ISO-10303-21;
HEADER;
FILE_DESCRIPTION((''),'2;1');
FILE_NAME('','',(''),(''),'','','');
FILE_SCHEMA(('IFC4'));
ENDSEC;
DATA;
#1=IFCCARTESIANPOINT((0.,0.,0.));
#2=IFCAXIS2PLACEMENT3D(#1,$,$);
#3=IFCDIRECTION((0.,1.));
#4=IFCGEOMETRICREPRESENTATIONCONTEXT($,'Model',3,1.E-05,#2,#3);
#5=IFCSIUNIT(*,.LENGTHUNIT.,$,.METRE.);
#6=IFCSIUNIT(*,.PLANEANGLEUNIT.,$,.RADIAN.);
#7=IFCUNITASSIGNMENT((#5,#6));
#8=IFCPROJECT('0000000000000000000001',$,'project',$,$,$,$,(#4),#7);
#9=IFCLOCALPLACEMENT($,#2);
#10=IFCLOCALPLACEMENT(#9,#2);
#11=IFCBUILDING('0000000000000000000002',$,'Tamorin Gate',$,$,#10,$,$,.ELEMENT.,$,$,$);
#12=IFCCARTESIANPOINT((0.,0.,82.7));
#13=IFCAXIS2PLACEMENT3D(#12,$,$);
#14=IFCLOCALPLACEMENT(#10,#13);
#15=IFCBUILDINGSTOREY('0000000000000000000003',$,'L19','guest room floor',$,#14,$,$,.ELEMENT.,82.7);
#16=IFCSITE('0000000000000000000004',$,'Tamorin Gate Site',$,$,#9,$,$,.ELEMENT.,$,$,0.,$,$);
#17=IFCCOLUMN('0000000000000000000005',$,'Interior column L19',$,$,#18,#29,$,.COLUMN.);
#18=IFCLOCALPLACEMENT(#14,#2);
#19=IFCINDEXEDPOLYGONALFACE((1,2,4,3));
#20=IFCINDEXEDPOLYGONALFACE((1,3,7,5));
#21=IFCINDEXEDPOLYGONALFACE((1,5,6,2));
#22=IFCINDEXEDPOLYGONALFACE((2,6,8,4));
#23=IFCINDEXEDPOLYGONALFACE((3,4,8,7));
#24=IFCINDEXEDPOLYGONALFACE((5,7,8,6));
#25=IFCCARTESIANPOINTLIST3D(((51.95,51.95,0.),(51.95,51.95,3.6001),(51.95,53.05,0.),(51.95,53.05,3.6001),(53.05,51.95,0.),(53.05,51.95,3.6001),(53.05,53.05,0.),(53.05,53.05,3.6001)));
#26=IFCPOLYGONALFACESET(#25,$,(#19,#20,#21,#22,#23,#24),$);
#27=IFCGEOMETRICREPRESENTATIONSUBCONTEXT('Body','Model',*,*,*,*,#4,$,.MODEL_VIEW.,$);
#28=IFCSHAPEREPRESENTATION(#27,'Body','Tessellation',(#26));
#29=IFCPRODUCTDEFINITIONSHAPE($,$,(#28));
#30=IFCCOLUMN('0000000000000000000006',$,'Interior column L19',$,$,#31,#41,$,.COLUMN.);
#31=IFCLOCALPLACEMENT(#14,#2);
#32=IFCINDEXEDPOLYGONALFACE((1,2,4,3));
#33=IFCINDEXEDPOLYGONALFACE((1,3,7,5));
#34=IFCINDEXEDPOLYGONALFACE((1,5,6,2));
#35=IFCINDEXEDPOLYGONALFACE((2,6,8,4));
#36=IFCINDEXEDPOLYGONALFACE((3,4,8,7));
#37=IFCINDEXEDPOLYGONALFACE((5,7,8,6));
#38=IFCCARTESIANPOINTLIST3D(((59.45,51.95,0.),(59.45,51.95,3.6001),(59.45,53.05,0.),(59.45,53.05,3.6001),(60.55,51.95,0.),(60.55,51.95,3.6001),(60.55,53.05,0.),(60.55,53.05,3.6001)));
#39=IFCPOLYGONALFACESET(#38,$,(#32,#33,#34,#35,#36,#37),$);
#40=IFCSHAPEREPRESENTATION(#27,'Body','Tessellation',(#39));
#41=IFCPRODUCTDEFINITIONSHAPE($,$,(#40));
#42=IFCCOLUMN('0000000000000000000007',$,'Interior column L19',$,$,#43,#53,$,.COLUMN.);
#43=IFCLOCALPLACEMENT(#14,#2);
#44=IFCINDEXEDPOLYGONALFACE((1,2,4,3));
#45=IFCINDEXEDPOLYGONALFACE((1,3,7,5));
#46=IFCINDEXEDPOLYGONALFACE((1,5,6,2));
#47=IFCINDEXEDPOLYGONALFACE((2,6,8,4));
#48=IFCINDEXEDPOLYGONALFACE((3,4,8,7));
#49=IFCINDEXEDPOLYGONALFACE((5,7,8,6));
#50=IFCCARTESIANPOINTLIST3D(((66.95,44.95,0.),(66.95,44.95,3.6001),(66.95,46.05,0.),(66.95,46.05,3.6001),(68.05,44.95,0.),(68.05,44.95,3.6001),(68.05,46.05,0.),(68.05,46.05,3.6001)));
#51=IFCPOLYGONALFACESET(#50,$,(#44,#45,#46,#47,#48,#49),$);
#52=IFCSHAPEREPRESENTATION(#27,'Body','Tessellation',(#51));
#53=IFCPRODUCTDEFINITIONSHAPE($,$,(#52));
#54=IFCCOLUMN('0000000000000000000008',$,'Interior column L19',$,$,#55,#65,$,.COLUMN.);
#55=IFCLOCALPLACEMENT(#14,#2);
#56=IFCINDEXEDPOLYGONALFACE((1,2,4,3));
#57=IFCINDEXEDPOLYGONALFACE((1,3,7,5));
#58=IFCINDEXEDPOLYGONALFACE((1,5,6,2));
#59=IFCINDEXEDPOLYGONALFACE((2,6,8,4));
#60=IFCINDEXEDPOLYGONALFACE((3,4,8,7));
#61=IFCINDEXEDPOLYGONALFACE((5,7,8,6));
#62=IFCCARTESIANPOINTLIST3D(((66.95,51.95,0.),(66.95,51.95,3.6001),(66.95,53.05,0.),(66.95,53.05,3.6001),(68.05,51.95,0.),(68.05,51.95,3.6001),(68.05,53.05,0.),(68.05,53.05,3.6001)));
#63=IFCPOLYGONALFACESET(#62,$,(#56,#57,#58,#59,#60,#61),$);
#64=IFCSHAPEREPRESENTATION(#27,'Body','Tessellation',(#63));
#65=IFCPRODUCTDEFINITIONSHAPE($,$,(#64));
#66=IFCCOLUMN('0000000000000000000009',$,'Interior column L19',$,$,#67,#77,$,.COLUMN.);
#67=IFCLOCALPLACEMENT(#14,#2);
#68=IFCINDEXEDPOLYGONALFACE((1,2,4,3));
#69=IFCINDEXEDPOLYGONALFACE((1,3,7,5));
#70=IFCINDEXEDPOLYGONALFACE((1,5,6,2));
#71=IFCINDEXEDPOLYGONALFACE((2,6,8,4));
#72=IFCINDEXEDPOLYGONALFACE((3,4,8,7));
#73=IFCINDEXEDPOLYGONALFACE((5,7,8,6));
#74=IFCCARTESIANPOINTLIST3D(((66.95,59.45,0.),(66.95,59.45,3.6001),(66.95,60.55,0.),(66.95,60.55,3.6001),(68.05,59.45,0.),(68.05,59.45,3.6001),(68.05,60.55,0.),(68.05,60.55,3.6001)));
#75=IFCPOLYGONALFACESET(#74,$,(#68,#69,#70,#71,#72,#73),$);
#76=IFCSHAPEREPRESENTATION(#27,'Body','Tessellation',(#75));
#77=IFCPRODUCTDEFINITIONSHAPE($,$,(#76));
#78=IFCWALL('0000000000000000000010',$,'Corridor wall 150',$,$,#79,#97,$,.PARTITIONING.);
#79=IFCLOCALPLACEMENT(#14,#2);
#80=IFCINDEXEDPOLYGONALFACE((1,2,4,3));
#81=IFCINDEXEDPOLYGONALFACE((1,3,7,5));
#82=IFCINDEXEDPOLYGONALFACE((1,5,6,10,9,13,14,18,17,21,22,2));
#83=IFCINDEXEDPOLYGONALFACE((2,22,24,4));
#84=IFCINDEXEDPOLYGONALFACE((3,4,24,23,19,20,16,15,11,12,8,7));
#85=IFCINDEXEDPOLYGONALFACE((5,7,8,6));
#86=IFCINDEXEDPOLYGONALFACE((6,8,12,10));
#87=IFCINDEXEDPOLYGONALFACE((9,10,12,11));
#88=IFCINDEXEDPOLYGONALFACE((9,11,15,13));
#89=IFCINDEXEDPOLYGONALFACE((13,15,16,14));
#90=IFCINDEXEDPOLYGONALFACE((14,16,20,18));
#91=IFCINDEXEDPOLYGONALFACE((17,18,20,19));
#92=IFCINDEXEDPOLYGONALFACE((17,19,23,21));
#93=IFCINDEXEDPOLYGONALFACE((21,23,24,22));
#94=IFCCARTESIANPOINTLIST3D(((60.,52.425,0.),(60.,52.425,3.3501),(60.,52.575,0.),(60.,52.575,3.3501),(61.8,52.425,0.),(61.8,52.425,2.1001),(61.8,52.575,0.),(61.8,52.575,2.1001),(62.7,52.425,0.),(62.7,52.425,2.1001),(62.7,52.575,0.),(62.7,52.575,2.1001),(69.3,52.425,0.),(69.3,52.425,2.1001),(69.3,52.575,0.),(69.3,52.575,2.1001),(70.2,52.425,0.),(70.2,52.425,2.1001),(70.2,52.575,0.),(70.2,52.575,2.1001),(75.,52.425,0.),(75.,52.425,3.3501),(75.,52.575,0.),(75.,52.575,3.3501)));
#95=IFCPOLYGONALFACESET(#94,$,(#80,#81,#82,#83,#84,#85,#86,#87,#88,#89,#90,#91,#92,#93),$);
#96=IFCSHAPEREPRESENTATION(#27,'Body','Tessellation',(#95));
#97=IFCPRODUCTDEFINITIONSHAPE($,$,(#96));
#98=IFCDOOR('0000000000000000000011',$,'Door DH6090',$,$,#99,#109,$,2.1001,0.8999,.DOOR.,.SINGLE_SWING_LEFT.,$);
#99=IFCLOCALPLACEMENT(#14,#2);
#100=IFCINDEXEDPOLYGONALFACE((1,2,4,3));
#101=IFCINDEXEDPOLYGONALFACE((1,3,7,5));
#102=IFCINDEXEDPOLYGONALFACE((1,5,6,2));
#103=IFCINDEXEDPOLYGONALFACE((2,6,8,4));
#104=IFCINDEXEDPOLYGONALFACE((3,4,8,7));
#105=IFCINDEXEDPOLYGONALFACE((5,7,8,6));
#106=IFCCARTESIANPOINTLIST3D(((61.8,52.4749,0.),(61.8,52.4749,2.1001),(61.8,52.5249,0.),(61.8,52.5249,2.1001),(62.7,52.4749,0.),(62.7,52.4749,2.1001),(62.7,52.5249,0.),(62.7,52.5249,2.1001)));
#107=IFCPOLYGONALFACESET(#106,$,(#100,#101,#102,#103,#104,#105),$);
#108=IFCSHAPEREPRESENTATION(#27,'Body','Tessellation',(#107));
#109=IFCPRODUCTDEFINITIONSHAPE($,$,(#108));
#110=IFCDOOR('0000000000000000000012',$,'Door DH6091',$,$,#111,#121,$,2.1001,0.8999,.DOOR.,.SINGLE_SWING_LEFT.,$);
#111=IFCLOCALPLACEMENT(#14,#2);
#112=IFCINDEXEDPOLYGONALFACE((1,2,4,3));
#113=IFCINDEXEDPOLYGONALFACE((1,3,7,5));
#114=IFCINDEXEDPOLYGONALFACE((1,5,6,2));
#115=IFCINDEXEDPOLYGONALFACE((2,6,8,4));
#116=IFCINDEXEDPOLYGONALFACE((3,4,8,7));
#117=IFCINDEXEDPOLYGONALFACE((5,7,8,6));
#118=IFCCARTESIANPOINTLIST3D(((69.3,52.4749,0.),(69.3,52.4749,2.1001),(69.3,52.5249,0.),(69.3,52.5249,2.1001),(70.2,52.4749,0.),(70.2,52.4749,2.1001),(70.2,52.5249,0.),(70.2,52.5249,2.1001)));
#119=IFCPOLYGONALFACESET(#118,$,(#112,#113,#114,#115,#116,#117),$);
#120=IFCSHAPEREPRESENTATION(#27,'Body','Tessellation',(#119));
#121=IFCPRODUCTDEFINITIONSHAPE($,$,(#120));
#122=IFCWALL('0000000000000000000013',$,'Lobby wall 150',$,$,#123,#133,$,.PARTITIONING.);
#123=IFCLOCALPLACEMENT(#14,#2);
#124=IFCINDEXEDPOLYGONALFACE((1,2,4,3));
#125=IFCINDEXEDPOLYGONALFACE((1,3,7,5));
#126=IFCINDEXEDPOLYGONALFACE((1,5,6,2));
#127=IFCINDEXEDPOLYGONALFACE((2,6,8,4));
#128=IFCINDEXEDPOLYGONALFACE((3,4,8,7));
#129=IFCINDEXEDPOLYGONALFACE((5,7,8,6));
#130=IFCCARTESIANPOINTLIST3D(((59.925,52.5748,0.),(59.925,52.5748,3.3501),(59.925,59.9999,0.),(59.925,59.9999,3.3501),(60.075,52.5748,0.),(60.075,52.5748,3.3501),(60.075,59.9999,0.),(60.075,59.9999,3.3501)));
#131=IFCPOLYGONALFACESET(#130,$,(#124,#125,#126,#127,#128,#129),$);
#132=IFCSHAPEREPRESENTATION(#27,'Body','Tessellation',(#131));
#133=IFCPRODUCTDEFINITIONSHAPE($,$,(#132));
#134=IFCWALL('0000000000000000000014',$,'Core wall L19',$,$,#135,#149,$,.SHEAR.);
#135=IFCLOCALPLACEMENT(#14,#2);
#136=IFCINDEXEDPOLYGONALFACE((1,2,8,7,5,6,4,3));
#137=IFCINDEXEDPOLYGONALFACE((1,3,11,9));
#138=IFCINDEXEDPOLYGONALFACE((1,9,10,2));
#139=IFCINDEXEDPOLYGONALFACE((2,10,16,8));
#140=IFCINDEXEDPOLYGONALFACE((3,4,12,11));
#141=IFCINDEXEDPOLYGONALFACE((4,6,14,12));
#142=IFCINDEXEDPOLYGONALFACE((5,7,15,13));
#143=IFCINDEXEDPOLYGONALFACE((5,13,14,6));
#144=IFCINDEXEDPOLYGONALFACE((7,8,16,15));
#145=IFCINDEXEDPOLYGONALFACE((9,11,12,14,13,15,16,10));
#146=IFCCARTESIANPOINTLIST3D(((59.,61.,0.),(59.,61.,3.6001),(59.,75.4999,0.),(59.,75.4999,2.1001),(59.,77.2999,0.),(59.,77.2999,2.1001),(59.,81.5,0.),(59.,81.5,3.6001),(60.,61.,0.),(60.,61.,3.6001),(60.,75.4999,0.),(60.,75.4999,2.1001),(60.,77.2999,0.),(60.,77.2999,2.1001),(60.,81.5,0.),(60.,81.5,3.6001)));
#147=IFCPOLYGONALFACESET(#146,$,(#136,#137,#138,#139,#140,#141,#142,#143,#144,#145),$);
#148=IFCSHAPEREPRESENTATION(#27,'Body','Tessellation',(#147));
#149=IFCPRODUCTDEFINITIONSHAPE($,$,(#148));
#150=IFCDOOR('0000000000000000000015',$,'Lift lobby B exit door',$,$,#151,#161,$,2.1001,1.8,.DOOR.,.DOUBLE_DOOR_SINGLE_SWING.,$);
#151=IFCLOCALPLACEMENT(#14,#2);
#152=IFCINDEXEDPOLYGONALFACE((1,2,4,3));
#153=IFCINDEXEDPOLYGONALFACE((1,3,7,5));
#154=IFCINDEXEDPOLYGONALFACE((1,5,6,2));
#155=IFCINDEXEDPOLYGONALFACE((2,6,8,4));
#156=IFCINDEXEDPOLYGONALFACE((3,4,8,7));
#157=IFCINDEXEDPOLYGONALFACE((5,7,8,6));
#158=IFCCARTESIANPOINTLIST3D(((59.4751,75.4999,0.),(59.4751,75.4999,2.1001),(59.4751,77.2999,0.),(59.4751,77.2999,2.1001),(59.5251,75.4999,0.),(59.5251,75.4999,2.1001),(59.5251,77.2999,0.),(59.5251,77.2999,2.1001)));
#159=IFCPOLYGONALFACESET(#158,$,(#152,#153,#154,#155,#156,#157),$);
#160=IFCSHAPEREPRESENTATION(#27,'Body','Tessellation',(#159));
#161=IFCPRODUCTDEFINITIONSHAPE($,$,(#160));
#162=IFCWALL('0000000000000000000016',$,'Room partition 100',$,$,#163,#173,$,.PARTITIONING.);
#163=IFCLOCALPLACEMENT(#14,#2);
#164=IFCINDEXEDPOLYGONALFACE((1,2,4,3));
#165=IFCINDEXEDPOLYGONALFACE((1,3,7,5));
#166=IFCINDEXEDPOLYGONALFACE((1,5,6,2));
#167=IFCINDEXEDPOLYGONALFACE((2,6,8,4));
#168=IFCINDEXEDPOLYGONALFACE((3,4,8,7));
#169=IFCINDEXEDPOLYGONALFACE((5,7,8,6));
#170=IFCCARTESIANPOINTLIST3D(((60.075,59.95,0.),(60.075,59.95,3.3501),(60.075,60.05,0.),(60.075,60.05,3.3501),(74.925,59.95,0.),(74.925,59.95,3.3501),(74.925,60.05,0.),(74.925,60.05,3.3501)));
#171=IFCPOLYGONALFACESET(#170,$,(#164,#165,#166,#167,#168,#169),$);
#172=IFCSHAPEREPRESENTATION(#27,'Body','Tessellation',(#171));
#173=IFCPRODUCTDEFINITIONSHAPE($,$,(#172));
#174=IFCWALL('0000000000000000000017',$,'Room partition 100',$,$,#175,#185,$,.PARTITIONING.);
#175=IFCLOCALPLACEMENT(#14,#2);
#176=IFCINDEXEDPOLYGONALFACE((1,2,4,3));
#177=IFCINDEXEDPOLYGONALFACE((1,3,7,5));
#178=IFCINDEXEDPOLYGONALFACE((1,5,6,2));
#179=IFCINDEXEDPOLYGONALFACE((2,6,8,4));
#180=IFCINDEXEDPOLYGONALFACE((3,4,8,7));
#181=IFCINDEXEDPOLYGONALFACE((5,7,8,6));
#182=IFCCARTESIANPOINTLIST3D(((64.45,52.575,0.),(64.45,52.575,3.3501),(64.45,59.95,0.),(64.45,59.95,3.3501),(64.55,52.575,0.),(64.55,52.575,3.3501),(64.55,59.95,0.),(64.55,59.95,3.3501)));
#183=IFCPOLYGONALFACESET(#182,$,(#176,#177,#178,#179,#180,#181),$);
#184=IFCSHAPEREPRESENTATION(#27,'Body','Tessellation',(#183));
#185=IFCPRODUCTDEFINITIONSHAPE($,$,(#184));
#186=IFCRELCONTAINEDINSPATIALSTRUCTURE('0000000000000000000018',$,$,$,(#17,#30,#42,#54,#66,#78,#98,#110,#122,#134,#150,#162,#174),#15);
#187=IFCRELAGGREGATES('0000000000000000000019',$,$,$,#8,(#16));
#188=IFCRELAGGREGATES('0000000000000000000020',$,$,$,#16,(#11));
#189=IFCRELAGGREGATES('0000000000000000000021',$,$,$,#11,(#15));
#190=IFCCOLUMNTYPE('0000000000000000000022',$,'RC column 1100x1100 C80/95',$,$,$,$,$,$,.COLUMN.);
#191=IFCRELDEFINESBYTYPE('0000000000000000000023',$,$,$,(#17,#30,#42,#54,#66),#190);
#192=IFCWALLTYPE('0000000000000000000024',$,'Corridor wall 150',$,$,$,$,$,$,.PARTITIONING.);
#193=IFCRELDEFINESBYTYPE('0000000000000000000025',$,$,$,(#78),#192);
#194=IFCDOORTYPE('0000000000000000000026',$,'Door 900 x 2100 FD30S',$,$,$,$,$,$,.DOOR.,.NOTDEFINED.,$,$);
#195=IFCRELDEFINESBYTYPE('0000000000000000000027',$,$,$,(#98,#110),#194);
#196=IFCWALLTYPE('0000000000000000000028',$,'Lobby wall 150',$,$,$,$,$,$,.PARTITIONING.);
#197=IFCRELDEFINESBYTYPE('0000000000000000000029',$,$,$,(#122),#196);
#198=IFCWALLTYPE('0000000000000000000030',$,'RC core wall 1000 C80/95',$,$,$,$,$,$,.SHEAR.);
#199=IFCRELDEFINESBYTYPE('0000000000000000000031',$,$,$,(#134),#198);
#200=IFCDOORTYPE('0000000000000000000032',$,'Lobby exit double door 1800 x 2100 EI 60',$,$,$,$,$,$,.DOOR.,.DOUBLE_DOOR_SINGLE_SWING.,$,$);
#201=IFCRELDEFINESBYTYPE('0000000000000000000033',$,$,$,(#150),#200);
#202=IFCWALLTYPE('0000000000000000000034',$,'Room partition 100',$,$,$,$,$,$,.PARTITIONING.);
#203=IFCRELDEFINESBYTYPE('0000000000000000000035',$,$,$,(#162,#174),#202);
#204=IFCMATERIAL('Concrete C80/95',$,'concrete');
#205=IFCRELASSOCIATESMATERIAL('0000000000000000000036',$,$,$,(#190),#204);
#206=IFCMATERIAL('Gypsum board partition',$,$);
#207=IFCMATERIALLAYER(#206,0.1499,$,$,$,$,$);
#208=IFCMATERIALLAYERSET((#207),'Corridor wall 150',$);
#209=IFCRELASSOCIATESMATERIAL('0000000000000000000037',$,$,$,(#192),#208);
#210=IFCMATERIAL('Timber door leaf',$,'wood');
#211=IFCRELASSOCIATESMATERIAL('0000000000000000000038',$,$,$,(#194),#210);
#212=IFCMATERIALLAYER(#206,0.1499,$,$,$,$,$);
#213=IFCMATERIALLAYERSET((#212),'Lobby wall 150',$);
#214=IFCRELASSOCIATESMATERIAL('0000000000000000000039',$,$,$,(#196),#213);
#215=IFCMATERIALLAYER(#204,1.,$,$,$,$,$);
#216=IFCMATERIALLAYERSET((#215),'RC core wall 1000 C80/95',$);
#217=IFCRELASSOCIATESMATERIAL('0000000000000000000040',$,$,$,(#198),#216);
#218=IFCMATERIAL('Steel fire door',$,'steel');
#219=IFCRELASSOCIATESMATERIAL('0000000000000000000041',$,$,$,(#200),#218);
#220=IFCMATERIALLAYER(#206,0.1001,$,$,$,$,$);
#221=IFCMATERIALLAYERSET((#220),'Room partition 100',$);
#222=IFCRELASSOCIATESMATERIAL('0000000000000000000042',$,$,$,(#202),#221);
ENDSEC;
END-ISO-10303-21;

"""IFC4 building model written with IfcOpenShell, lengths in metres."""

from ifc_helpers import new_model, si_unit, direction, frame, frame_2d, origin, origin_2d, place, context, subcontext, project, spatial, rectangle, extrude, material, layer, layer_set, material_profile, profile_set, type_object, element, fill, save


model = new_model("IFC4")

# Units and contexts
model_context = context("Model", 3, precision=1e-05, world=origin(), true_north=direction((0.0, 1.0)))
body_context = subcontext(model_context, "Body", "Model", "MODEL_VIEW")
ifc_project = project(units=[si_unit("LENGTHUNIT", "METRE"), si_unit("PLANEANGLEUNIT", "RADIAN")], contexts=[model_context])

# Site, building, storey
site_placement = place(None, origin())
site = spatial("IfcSite", under=ifc_project, at=site_placement, Name="Tamorin Gate Site", CompositionType="ELEMENT", RefElevation=0.0)
building_placement = place(site_placement, origin())
building = spatial("IfcBuilding", under=site, at=building_placement, Name="Tamorin Gate", CompositionType="ELEMENT")
storey_placement = place(building_placement, frame((0.0, 0.0, 82.7)))
storey = spatial("IfcBuildingStorey", under=building, at=storey_placement, Name="L19", Description="guest room floor", CompositionType="ELEMENT", Elevation=82.7)

# Columns
ifc_material_1 = material(Name="Concrete C80/95", Category="concrete")
ifc_material_profile = material_profile(ifc_material_1, rectangle(XDim=1.1001, YDim=1.1001, at=origin_2d()), Name="RC 1100x1100")
ifc_profile_set = profile_set([ifc_material_profile], Name="Concrete C80/95")
column_type = type_object("IfcColumnType", Name="RC column 1100x1100 C80/95", PredefinedType="COLUMN", material=ifc_profile_set)
for number, where, z_axis, x_axis, name in (
    (1, (52.5, 52.5, 0.0), (0.0, 0.0, 1.0), (1.0, 0.0, 0.0), "Interior column L19"),
    (2, (60.0, 52.5, 0.0), (0.0, 0.0, 1.0), (1.0, 0.0, 0.0), "Interior column L19"),
    (3, (67.5, 45.5, 0.0), (0.0, 0.0, 1.0), (1.0, 0.0, 0.0), "Interior column L19"),
    (4, (67.5, 52.5, 0.0), (0.0, 0.0, 1.0), (1.0, 0.0, 0.0), "Interior column L19"),
    (5, (67.5, 60.0, 0.0), (0.0, 0.0, 1.0), (1.0, 0.0, 0.0), "Interior column L19"),
):
    element("IfcColumn", number, at=place(storey_placement, frame(where, z_axis=z_axis, x_axis=x_axis)), inside=storey, type_object=column_type, Name=name, PredefinedType="COLUMN", context=body_context, shape_type="SweptSolid", body=[
        extrude(rectangle(XDim=1.1001, YDim=1.1001, at=origin_2d()), origin(), (0.0, 0.0, 1.0), 3.6001),
    ])

# Wall, openings, doors
ifc_material_2 = material(Name="Gypsum board partition")
ifc_layer_1 = layer(ifc_material_2, 0.1499)
ifc_layer_set_1 = layer_set([ifc_layer_1], Name="Corridor wall 150")
wall_type_1 = type_object("IfcWallType", Name="Corridor wall 150", PredefinedType="PARTITIONING", material=ifc_layer_set_1)
wall_1_placement = place(storey_placement, frame((60.0, 52.5, 0.0), z_axis=(0.0, 0.0, 1.0), x_axis=(1.0, 0.0, 0.0)))
wall_1 = element("IfcWall", 6, at=wall_1_placement, inside=storey, type_object=wall_type_1, Name="Corridor wall 150", PredefinedType="PARTITIONING", context=body_context, shape_type="SweptSolid", body=[
    extrude(rectangle(XDim=15.0, YDim=0.1499, at=frame_2d((7.5, 0.0))), origin(), (0.0, 0.0, 1.0), 3.3501),
])
opening_1_placement = place(wall_1_placement, frame((1.8, 0.0, 0.0)))
opening_1 = element("IfcOpeningElement", 7, at=opening_1_placement, cuts=wall_1, PredefinedType="OPENING", context=body_context, shape_type="SweptSolid", body=[
    extrude(rectangle(XDim=0.8999, YDim=2.1001, at=frame_2d((0.45, 1.05))), frame((0.0, 0.085, 0.0), z_axis=(0.0, -1.0, 0.0), x_axis=(1.0, 0.0, 0.0)), (0.0, 0.0, 1.0), 0.1699),
])
opening_2_placement = place(wall_1_placement, frame((9.3, 0.0, 0.0)))
opening_2 = element("IfcOpeningElement", 8, at=opening_2_placement, cuts=wall_1, PredefinedType="OPENING", context=body_context, shape_type="SweptSolid", body=[
    extrude(rectangle(XDim=0.8999, YDim=2.1001, at=frame_2d((0.45, 1.05))), frame((0.0, 0.085, 0.0), z_axis=(0.0, -1.0, 0.0), x_axis=(1.0, 0.0, 0.0)), (0.0, 0.0, 1.0), 0.1699),
])
ifc_material_3 = material(Name="Timber door leaf", Category="wood")
door_type_1 = type_object("IfcDoorType", Name="Door 900 x 2100 FD30S", OperationType="NOTDEFINED", PredefinedType="DOOR", material=ifc_material_3)
door_1_placement = place(opening_1_placement, origin())
door_1 = element("IfcDoor", 9, at=door_1_placement, inside=storey, type_object=door_type_1, Name="Door DH6090", OperationType="SINGLE_SWING_LEFT", OverallHeight=2.1001, OverallWidth=0.8999, PredefinedType="DOOR", context=body_context, shape_type="SweptSolid", body=[
    extrude(rectangle(XDim=0.8999, YDim=2.1001, at=frame_2d((0.45, 1.05))), frame((0.0, 0.0249, 0.0), z_axis=(0.0, -1.0, 0.0), x_axis=(1.0, 0.0, 0.0)), (0.0, 0.0, 1.0), 0.05),
])
fill(opening_1, door_1)
door_2_placement = place(opening_2_placement, origin())
door_2 = element("IfcDoor", 10, at=door_2_placement, inside=storey, type_object=door_type_1, Name="Door DH6091", OperationType="SINGLE_SWING_LEFT", OverallHeight=2.1001, OverallWidth=0.8999, PredefinedType="DOOR", context=body_context, shape_type="SweptSolid", body=[
    extrude(rectangle(XDim=0.8999, YDim=2.1001, at=frame_2d((0.45, 1.05))), frame((0.0, 0.0249, 0.0), z_axis=(0.0, -1.0, 0.0), x_axis=(1.0, 0.0, 0.0)), (0.0, 0.0, 1.0), 0.05),
])
fill(opening_2, door_2)

# Wall
ifc_layer_2 = layer(ifc_material_2, 0.1499)
ifc_layer_set_2 = layer_set([ifc_layer_2], Name="Lobby wall 150")
wall_type_2 = type_object("IfcWallType", Name="Lobby wall 150", PredefinedType="PARTITIONING", material=ifc_layer_set_2)
wall_2_placement = place(storey_placement, frame((60.0, 52.575, 0.0), z_axis=(0.0, 0.0, 1.0), x_axis=(0.0, 1.0, 0.0)))
element("IfcWall", 11, at=wall_2_placement, inside=storey, type_object=wall_type_2, Name="Lobby wall 150", PredefinedType="PARTITIONING", context=body_context, shape_type="SweptSolid", body=[
    extrude(rectangle(XDim=7.425, YDim=0.1499, at=frame_2d((3.7124, 0.0))), origin(), (0.0, 0.0, 1.0), 3.3501),
])

# Wall, opening, door
ifc_layer_3 = layer(ifc_material_1, 1.0)
ifc_layer_set_3 = layer_set([ifc_layer_3], Name="RC core wall 1000 C80/95")
wall_type_3 = type_object("IfcWallType", Name="RC core wall 1000 C80/95", PredefinedType="SHEAR", material=ifc_layer_set_3)
wall_3_placement = place(storey_placement, frame((59.5, 61.0, 0.0), z_axis=(0.0, 0.0, 1.0), x_axis=(0.0, 1.0, 0.0)))
wall_3 = element("IfcWall", 12, at=wall_3_placement, inside=storey, type_object=wall_type_3, Name="Core wall L19", PredefinedType="SHEAR", context=body_context, shape_type="SweptSolid", body=[
    extrude(rectangle(XDim=20.5, YDim=1.0, at=frame_2d((10.25, 0.0))), origin(), (0.0, 0.0, 1.0), 3.6001),
])
opening_3_placement = place(wall_3_placement, frame((14.5, 0.0, 0.0)))
opening_3 = element("IfcOpeningElement", 13, at=opening_3_placement, cuts=wall_3, PredefinedType="OPENING", context=body_context, shape_type="SweptSolid", body=[
    extrude(rectangle(XDim=1.8, YDim=2.1001, at=frame_2d((0.8999, 1.05))), frame((0.0, 0.51, 0.0), z_axis=(0.0, -1.0, 0.0), x_axis=(1.0, 0.0, 0.0)), (0.0, 0.0, 1.0), 1.02),
])
ifc_material_4 = material(Name="Steel fire door", Category="steel")
door_type_2 = type_object("IfcDoorType", Name="Lobby exit double door 1800 x 2100 EI 60", OperationType="DOUBLE_DOOR_SINGLE_SWING", PredefinedType="DOOR", material=ifc_material_4)
door_3_placement = place(opening_3_placement, origin())
door_3 = element("IfcDoor", 14, at=door_3_placement, inside=storey, type_object=door_type_2, Name="Lift lobby B exit door", OperationType="DOUBLE_DOOR_SINGLE_SWING", OverallHeight=2.1001, OverallWidth=1.8, PredefinedType="DOOR", context=body_context, shape_type="SweptSolid", body=[
    extrude(rectangle(XDim=1.8, YDim=2.1001, at=frame_2d((0.8999, 1.05))), frame((0.0, 0.0249, 0.0), z_axis=(0.0, -1.0, 0.0), x_axis=(1.0, 0.0, 0.0)), (0.0, 0.0, 1.0), 0.05),
])
fill(opening_3, door_3)

# Walls
ifc_layer_4 = layer(ifc_material_2, 0.1001)
ifc_layer_set_4 = layer_set([ifc_layer_4], Name="Room partition 100")
wall_type_4 = type_object("IfcWallType", Name="Room partition 100", PredefinedType="PARTITIONING", material=ifc_layer_set_4)
wall_4_placement = place(storey_placement, frame((60.075, 60.0, 0.0), z_axis=(0.0, 0.0, 1.0), x_axis=(1.0, 0.0, 0.0)))
element("IfcWall", 15, at=wall_4_placement, inside=storey, type_object=wall_type_4, Name="Room partition 100", PredefinedType="PARTITIONING", context=body_context, shape_type="SweptSolid", body=[
    extrude(rectangle(XDim=14.8501, YDim=0.1001, at=frame_2d((7.425, 0.0))), origin(), (0.0, 0.0, 1.0), 3.3501),
])
wall_5_placement = place(storey_placement, frame((64.5, 52.575, 0.0), z_axis=(0.0, 0.0, 1.0), x_axis=(0.0, 1.0, 0.0)))
element("IfcWall", 16, at=wall_5_placement, inside=storey, type_object=wall_type_4, Name="Room partition 100", PredefinedType="PARTITIONING", context=body_context, shape_type="SweptSolid", body=[
    extrude(rectangle(XDim=7.375, YDim=0.1001, at=frame_2d((3.6875, 0.0))), origin(), (0.0, 0.0, 1.0), 3.3501),
])

save(model, "model.ifc")
